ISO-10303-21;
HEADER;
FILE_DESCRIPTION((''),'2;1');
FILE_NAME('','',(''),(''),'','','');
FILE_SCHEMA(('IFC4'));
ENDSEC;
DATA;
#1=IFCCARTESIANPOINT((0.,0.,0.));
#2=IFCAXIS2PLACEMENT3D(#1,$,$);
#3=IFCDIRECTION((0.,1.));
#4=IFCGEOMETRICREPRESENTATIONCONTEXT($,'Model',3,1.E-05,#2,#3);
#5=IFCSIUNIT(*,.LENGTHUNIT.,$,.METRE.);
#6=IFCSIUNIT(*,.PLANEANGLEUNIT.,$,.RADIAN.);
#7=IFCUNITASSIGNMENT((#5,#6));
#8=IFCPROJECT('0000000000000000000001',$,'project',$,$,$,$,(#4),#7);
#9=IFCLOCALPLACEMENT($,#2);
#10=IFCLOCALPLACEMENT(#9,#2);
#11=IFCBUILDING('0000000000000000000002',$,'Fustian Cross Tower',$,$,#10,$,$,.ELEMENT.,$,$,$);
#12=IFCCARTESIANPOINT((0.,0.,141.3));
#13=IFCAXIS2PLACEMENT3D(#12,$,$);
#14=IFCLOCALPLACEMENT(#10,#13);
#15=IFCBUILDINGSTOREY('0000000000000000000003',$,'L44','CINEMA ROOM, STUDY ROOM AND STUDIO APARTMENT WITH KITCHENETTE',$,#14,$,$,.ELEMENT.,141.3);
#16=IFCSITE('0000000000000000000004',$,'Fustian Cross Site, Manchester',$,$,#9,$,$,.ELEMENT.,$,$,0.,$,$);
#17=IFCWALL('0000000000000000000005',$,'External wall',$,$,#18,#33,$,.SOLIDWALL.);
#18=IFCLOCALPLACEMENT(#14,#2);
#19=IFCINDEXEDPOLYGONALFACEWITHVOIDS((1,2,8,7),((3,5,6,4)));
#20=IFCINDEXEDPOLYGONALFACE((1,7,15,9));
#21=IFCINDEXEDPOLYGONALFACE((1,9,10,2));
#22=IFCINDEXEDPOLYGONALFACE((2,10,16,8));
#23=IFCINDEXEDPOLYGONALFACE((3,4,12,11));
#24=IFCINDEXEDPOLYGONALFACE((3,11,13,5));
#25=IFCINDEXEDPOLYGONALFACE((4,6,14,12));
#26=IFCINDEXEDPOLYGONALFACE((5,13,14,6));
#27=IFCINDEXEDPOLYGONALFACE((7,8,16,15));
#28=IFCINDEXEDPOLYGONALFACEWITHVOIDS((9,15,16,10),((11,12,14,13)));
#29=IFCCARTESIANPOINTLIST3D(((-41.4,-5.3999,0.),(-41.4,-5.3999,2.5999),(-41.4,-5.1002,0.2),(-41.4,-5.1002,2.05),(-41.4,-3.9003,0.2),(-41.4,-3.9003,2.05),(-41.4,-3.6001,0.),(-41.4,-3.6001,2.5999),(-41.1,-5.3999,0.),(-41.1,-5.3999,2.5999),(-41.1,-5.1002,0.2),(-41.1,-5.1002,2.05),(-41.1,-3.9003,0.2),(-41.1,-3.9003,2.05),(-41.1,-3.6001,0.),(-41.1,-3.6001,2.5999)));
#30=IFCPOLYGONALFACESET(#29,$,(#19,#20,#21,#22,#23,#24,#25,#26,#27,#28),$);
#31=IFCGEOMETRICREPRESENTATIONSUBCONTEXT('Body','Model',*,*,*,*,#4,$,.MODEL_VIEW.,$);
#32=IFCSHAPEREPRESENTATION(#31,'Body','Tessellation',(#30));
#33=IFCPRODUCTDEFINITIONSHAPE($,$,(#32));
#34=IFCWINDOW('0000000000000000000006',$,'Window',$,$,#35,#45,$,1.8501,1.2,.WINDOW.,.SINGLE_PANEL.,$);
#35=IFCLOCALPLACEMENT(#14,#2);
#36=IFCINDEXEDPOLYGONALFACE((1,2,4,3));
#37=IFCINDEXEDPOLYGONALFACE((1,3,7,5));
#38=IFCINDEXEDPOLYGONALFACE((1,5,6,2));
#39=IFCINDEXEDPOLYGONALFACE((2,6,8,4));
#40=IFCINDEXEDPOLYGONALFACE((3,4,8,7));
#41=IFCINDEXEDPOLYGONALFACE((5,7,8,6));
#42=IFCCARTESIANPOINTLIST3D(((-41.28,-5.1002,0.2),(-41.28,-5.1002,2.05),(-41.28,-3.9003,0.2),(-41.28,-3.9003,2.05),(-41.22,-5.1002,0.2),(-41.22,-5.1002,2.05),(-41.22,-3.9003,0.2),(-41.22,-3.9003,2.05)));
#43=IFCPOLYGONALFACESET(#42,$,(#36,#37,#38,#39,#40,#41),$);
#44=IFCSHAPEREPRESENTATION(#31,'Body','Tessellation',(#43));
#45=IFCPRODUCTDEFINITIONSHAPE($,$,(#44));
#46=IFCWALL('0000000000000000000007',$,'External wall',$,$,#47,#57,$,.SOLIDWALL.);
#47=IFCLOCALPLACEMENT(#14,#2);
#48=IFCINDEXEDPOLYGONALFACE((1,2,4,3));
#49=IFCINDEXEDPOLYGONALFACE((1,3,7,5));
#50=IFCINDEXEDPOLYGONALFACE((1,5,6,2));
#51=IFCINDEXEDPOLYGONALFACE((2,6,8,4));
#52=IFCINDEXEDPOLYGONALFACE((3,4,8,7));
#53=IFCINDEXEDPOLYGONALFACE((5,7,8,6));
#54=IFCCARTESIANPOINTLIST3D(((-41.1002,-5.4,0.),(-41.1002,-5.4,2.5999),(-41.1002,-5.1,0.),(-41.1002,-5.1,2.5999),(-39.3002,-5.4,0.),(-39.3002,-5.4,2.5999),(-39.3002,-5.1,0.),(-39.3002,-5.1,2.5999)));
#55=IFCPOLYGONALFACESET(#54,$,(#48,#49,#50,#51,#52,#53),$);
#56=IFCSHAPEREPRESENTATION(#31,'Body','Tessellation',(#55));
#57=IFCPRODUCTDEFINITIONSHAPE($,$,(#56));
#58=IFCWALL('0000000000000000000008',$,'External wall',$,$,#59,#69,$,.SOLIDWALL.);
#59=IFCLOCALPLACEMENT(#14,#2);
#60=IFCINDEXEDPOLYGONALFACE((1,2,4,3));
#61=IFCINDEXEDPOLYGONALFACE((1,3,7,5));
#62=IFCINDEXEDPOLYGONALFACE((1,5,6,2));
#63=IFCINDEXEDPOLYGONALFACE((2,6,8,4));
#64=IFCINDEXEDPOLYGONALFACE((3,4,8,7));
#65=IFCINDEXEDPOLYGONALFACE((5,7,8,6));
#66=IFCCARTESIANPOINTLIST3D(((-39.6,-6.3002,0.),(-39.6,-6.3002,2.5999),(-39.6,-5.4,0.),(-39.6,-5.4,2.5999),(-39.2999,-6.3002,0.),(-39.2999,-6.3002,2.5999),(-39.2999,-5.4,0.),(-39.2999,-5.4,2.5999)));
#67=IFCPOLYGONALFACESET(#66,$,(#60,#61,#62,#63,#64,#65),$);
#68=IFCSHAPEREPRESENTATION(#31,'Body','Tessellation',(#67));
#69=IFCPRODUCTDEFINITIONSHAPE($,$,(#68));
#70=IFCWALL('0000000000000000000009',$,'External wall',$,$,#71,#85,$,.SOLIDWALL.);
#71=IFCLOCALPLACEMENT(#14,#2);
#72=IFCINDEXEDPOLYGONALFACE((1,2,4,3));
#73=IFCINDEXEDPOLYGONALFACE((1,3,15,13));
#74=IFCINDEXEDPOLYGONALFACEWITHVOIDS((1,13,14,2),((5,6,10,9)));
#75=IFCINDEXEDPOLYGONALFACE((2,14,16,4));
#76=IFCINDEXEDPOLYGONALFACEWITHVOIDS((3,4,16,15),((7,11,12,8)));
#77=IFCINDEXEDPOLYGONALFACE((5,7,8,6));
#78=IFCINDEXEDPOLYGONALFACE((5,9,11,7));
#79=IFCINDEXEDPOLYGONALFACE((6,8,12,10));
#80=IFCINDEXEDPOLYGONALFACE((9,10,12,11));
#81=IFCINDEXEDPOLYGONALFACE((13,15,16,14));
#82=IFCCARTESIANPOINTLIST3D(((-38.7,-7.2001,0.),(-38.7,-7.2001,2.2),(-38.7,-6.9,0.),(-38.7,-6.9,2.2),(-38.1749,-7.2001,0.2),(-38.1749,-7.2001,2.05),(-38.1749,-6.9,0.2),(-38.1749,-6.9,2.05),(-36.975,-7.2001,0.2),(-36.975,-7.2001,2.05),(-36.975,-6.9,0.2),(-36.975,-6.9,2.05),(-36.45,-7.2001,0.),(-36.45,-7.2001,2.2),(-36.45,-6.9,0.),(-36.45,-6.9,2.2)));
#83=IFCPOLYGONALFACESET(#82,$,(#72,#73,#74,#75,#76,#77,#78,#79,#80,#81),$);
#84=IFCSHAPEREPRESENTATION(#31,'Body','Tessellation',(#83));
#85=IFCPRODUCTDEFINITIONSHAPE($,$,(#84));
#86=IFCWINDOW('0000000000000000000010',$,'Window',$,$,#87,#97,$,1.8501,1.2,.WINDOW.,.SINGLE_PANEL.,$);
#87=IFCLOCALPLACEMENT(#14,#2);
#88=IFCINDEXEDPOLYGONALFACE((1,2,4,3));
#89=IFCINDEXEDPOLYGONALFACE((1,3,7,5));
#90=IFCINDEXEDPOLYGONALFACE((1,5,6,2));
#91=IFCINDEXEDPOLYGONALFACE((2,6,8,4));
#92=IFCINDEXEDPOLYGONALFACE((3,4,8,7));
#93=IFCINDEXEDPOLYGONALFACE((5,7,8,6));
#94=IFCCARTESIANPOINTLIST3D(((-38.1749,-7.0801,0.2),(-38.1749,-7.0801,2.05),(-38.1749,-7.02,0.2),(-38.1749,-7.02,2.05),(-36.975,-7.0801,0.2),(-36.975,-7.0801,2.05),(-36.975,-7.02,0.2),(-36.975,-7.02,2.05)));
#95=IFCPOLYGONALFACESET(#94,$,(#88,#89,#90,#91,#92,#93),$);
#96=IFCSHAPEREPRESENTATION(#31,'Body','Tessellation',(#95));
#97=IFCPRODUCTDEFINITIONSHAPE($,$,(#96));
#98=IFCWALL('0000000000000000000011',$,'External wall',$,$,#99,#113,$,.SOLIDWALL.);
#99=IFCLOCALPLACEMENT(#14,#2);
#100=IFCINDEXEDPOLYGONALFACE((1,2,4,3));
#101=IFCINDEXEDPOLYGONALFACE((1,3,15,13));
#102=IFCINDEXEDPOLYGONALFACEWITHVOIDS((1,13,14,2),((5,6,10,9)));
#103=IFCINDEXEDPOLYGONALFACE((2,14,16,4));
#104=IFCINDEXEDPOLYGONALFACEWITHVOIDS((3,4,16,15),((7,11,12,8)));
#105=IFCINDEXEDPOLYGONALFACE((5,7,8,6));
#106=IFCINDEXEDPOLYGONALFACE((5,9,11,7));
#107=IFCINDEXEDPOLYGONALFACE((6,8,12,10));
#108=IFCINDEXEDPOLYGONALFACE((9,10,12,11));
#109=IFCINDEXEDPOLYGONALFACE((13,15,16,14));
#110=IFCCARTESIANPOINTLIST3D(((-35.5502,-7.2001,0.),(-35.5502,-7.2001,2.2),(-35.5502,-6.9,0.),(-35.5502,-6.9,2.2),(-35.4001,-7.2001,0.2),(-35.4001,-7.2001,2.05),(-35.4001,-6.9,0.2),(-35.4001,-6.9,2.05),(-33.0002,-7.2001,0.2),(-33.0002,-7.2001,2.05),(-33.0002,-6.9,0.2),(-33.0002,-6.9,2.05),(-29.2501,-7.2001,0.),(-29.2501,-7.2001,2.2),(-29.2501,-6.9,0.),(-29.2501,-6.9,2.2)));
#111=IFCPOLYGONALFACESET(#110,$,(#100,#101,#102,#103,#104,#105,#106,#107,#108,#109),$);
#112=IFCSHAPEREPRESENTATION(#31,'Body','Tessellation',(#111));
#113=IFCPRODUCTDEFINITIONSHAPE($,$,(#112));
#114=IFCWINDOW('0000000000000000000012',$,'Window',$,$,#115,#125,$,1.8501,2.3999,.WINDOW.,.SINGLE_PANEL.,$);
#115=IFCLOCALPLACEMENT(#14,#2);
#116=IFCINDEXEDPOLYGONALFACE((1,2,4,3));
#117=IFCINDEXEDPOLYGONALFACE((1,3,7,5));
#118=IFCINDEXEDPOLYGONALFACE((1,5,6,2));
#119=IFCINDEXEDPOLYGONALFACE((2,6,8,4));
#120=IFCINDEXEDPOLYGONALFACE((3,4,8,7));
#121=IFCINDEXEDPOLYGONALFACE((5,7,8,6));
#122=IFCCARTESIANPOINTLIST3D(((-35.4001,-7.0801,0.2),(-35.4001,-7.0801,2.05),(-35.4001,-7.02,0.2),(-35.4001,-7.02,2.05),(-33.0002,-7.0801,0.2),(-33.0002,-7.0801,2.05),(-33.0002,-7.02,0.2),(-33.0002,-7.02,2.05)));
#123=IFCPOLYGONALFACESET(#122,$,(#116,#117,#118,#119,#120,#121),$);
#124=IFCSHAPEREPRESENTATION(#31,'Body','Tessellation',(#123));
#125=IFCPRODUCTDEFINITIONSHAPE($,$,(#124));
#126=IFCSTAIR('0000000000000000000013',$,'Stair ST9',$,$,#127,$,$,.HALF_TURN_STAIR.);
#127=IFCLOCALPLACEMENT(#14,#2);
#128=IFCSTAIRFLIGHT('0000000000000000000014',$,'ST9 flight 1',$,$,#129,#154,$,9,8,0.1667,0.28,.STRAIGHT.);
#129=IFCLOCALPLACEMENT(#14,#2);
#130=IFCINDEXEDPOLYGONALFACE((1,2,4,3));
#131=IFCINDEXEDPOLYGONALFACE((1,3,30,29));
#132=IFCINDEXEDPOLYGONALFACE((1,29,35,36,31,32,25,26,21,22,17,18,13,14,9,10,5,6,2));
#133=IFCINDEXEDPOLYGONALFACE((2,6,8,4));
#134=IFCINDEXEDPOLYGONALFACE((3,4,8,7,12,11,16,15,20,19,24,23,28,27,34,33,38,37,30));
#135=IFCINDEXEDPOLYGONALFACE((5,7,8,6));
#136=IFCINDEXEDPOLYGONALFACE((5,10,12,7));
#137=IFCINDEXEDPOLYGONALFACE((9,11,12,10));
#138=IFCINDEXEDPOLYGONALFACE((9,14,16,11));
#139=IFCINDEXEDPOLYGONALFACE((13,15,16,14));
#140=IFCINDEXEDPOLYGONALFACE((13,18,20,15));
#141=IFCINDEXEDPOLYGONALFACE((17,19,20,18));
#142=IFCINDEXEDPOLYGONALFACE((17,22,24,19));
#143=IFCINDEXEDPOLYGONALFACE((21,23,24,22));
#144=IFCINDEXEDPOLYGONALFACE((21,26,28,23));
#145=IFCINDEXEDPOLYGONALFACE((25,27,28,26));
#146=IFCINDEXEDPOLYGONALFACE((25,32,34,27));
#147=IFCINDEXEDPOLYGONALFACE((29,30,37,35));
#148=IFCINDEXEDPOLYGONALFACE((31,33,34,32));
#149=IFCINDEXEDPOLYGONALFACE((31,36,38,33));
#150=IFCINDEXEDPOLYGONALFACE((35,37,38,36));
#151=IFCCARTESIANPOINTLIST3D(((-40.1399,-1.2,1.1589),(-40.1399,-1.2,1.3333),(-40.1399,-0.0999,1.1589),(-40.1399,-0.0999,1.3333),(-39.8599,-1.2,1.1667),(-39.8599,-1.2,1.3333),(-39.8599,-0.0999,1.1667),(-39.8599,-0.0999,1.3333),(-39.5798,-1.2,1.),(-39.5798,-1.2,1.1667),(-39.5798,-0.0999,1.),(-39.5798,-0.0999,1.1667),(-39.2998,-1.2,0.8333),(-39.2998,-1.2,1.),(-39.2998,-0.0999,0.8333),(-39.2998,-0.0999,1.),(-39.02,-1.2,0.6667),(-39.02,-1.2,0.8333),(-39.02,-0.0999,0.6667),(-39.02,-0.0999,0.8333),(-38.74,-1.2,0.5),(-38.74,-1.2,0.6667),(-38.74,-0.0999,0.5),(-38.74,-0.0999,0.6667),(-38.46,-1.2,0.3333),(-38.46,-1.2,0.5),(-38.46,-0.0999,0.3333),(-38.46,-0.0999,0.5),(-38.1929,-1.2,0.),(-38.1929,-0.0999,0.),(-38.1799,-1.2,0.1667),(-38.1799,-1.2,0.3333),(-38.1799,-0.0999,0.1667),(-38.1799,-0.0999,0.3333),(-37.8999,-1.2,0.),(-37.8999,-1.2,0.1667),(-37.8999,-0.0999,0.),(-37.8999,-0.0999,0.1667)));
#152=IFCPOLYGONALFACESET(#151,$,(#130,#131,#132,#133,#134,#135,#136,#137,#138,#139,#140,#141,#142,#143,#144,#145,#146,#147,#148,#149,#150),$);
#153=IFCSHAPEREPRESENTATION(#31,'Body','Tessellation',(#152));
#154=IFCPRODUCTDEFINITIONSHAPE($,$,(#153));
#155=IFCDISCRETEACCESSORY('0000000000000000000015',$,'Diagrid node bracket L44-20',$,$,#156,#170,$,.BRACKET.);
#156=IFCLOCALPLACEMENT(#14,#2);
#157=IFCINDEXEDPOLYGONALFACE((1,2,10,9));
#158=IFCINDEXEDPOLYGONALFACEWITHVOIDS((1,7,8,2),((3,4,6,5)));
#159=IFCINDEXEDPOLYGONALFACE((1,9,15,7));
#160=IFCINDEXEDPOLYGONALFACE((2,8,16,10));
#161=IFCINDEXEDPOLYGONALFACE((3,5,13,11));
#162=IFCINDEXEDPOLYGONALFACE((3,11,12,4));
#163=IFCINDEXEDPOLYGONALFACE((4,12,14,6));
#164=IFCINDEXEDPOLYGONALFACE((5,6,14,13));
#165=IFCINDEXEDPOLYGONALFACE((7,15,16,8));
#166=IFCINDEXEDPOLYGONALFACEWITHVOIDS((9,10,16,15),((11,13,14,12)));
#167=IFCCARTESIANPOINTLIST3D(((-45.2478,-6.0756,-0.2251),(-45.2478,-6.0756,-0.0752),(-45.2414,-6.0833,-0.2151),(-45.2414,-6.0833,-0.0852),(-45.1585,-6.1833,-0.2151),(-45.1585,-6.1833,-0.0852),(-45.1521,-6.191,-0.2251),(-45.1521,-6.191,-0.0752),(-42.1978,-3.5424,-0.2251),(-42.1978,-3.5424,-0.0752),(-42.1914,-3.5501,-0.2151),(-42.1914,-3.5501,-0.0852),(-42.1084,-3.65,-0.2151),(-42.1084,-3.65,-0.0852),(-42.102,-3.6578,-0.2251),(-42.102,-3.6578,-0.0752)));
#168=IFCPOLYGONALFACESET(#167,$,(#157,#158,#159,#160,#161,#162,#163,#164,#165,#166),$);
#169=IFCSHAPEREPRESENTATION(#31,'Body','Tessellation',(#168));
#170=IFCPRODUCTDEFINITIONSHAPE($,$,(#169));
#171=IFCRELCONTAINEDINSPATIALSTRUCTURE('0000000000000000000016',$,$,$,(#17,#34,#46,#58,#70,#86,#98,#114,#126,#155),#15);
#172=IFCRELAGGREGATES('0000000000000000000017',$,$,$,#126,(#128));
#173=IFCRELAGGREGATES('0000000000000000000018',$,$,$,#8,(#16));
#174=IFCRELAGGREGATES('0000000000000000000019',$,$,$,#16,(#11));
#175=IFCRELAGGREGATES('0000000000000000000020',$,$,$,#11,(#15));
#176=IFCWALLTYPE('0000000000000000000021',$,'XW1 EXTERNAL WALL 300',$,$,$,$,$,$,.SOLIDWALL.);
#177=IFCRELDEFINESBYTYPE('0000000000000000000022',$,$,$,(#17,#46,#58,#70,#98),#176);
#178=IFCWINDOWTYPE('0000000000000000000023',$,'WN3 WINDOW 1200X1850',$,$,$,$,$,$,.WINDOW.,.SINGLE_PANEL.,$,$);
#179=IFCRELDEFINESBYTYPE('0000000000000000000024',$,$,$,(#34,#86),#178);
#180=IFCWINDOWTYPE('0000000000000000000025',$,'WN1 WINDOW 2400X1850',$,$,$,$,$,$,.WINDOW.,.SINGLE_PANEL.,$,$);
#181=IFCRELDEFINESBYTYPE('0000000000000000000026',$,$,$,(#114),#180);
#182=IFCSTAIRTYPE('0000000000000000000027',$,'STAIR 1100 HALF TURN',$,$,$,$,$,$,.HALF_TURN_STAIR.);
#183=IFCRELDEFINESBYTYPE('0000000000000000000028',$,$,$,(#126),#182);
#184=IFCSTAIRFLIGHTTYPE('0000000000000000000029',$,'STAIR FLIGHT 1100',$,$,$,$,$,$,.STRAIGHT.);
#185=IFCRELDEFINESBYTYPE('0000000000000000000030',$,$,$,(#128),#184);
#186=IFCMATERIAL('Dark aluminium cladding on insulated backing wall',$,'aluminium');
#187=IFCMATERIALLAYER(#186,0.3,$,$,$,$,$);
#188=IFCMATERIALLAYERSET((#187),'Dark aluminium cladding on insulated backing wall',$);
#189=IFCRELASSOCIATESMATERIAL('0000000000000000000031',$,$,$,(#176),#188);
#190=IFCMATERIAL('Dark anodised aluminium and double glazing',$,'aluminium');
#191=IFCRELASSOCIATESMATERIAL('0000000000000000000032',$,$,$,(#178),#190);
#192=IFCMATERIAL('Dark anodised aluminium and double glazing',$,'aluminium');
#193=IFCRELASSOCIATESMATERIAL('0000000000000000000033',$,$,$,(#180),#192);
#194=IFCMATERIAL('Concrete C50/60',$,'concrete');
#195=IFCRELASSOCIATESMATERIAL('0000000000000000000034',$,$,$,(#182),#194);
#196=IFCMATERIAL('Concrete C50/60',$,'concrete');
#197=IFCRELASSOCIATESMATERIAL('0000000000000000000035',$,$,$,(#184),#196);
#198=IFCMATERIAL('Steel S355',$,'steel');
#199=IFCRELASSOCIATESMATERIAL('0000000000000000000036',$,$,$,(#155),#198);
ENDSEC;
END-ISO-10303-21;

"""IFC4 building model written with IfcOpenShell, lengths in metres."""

from ifc_helpers import new_model, si_unit, direction, frame, frame_2d, origin, origin_2d, place, context, subcontext, project, spatial, polyline, rectangle, hollow_rectangle, outline, extrude, material, layer, layer_set, type_object, element, fill, aggregate, save


model = new_model("IFC4")

# Units and contexts
model_context = context("Model", 3, precision=1e-05, world=origin(), true_north=direction((0.0, 1.0)))
body_context = subcontext(model_context, "Body", "Model", "MODEL_VIEW")
ifc_project = project(units=[si_unit("LENGTHUNIT", "METRE"), si_unit("PLANEANGLEUNIT", "RADIAN")], contexts=[model_context])

# Site, building, storey
site_placement = place(None, origin())
site = spatial("IfcSite", under=ifc_project, at=site_placement, Name="Fustian Cross Site, Manchester", CompositionType="ELEMENT", RefElevation=0.0)
building_placement = place(site_placement, origin())
building = spatial("IfcBuilding", under=site, at=building_placement, Name="Fustian Cross Tower", CompositionType="ELEMENT")
storey_placement = place(building_placement, frame((0.0, 0.0, 141.3)))
storey = spatial("IfcBuildingStorey", under=building, at=storey_placement, Name="L44", Description="CINEMA ROOM, STUDY ROOM AND STUDIO APARTMENT WITH KITCHENETTE", CompositionType="ELEMENT", Elevation=141.3)

# Shared definitions
ifc_material_1 = material(Name="Dark aluminium cladding on insulated backing wall", Category="aluminium")
ifc_layer_1 = layer(ifc_material_1, 0.3)
ifc_layer_set_1 = layer_set([ifc_layer_1], Name="Dark aluminium cladding on insulated backing wall")
wall_type_1 = type_object("IfcWallType", Name="XW1 EXTERNAL WALL 300", PredefinedType="SOLIDWALL", material=ifc_layer_set_1)

# Wall, opening, window
wall_1_placement = place(storey_placement, frame((-41.25, -3.6001, 0.0), z_axis=(0.0, 0.0, 1.0), x_axis=(0.0, -1.0, 0.0)))
wall_1 = element("IfcWall", 1, at=wall_1_placement, inside=storey, type_object=wall_type_1, Name="External wall", PredefinedType="SOLIDWALL", context=body_context, shape_type="SweptSolid", body=[
    extrude(rectangle(XDim=1.7998, YDim=0.3, at=frame_2d((0.8999, 0.0))), origin(), (0.0, 0.0, 1.0), 2.5999),
])
opening_1_placement = place(wall_1_placement, frame((0.3, 0.0, 0.2)))
opening_1 = element("IfcOpeningElement", 2, at=opening_1_placement, cuts=wall_1, PredefinedType="OPENING", context=body_context, shape_type="SweptSolid", body=[
    extrude(rectangle(XDim=1.2, YDim=1.8501, at=frame_2d((0.6001, 0.925))), frame((0.0, 0.1599, 0.0), z_axis=(0.0, -1.0, 0.0), x_axis=(1.0, 0.0, 0.0)), (0.0, 0.0, 1.0), 0.3201),
])
ifc_material_2 = material(Name="Dark anodised aluminium and double glazing", Category="aluminium")
window_type_1 = type_object("IfcWindowType", Name="WN3 WINDOW 1200X1850", PartitioningType="SINGLE_PANEL", PredefinedType="WINDOW", material=ifc_material_2)
window_1_placement = place(opening_1_placement, origin())
window_1 = element("IfcWindow", 3, at=window_1_placement, inside=storey, type_object=window_type_1, Name="Window", OverallHeight=1.8501, OverallWidth=1.2, PartitioningType="SINGLE_PANEL", PredefinedType="WINDOW", context=body_context, shape_type="SweptSolid", body=[
    extrude(rectangle(XDim=1.2, YDim=1.8501, at=frame_2d((0.6001, 0.925))), frame((0.0, 0.03, 0.0), z_axis=(0.0, -1.0, 0.0), x_axis=(1.0, 0.0, 0.0)), (0.0, 0.0, 1.0), 0.0601),
])
fill(opening_1, window_1)

# Walls
wall_2_placement = place(storey_placement, frame((-41.1001, -5.25, 0.0), z_axis=(0.0, 0.0, 1.0), x_axis=(1.0, 0.0, 0.0)))
element("IfcWall", 4, at=wall_2_placement, inside=storey, type_object=wall_type_1, Name="External wall", PredefinedType="SOLIDWALL", context=body_context, shape_type="SweptSolid", body=[
    extrude(rectangle(XDim=1.8, YDim=0.3, at=frame_2d((0.8999, 0.0))), origin(), (0.0, 0.0, 1.0), 2.5999),
])
wall_3_placement = place(storey_placement, frame((-39.45, -5.3999, 0.0), z_axis=(0.0, 0.0, 1.0), x_axis=(0.0, -1.0, 0.0)))
element("IfcWall", 5, at=wall_3_placement, inside=storey, type_object=wall_type_1, Name="External wall", PredefinedType="SOLIDWALL", context=body_context, shape_type="SweptSolid", body=[
    extrude(rectangle(XDim=0.9001, YDim=0.3, at=frame_2d((0.4502, 0.0))), origin(), (0.0, 0.0, 1.0), 2.5999),
])

# Walls, openings, windows
wall_4_placement = place(storey_placement, frame((-38.7, -7.05, 0.0), z_axis=(0.0, 0.0, 1.0), x_axis=(1.0, 0.0, 0.0)))
wall_4 = element("IfcWall", 6, at=wall_4_placement, inside=storey, type_object=wall_type_1, Name="External wall", PredefinedType="SOLIDWALL", context=body_context, shape_type="SweptSolid", body=[
    extrude(rectangle(XDim=2.25, YDim=0.3, at=frame_2d((1.125, 0.0))), origin(), (0.0, 0.0, 1.0), 2.2),
])
opening_2_placement = place(wall_4_placement, frame((0.5249, 0.0, 0.2)))
opening_2 = element("IfcOpeningElement", 7, at=opening_2_placement, cuts=wall_4, PredefinedType="OPENING", context=body_context, shape_type="SweptSolid", body=[
    extrude(rectangle(XDim=1.2, YDim=1.8501, at=frame_2d((0.6001, 0.925))), frame((0.0, 0.1599, 0.0), z_axis=(0.0, -1.0, 0.0), x_axis=(1.0, 0.0, 0.0)), (0.0, 0.0, 1.0), 0.3201),
])
window_2_placement = place(opening_2_placement, origin())
window_2 = element("IfcWindow", 8, at=window_2_placement, inside=storey, type_object=window_type_1, Name="Window", OverallHeight=1.8501, OverallWidth=1.2, PartitioningType="SINGLE_PANEL", PredefinedType="WINDOW", context=body_context, shape_type="SweptSolid", body=[
    extrude(rectangle(XDim=1.2, YDim=1.8501, at=frame_2d((0.6001, 0.925))), frame((0.0, 0.03, 0.0), z_axis=(0.0, -1.0, 0.0), x_axis=(1.0, 0.0, 0.0)), (0.0, 0.0, 1.0), 0.0601),
])
fill(opening_2, window_2)
wall_5_placement = place(storey_placement, frame((-35.55, -7.05, 0.0), z_axis=(0.0, 0.0, 1.0), x_axis=(1.0, 0.0, 0.0)))
wall_5 = element("IfcWall", 9, at=wall_5_placement, inside=storey, type_object=wall_type_1, Name="External wall", PredefinedType="SOLIDWALL", context=body_context, shape_type="SweptSolid", body=[
    extrude(rectangle(XDim=6.3, YDim=0.3, at=frame_2d((3.1499, 0.0))), origin(), (0.0, 0.0, 1.0), 2.2),
])
opening_3_placement = place(wall_5_placement, frame((0.1499, 0.0, 0.2)))
opening_3 = element("IfcOpeningElement", 10, at=opening_3_placement, cuts=wall_5, PredefinedType="OPENING", context=body_context, shape_type="SweptSolid", body=[
    extrude(rectangle(XDim=2.3999, YDim=1.8501, at=frame_2d((1.2, 0.925))), frame((0.0, 0.1599, 0.0), z_axis=(0.0, -1.0, 0.0), x_axis=(1.0, 0.0, 0.0)), (0.0, 0.0, 1.0), 0.3201),
])
ifc_material_3 = material(Name="Dark anodised aluminium and double glazing", Category="aluminium")
window_type_2 = type_object("IfcWindowType", Name="WN1 WINDOW 2400X1850", PartitioningType="SINGLE_PANEL", PredefinedType="WINDOW", material=ifc_material_3)
window_3_placement = place(opening_3_placement, origin())
window_3 = element("IfcWindow", 11, at=window_3_placement, inside=storey, type_object=window_type_2, Name="Window", OverallHeight=1.8501, OverallWidth=2.3999, PartitioningType="SINGLE_PANEL", PredefinedType="WINDOW", context=body_context, shape_type="SweptSolid", body=[
    extrude(rectangle(XDim=2.3999, YDim=1.8501, at=frame_2d((1.2, 0.925))), frame((0.0, 0.03, 0.0), z_axis=(0.0, -1.0, 0.0), x_axis=(1.0, 0.0, 0.0)), (0.0, 0.0, 1.0), 0.0601),
])
fill(opening_3, window_3)

# Stair, stair flight
ifc_material_4 = material(Name="Concrete C50/60", Category="concrete")
stair_type = type_object("IfcStairType", Name="STAIR 1100 HALF TURN", PredefinedType="HALF_TURN_STAIR", material=ifc_material_4)
stair_placement = place(storey_placement, origin())
stair = element("IfcStair", 12, at=stair_placement, inside=storey, type_object=stair_type, Name="Stair ST9", PredefinedType="HALF_TURN_STAIR")
ifc_material_5 = material(Name="Concrete C50/60", Category="concrete")
stair_flight_type = type_object("IfcStairFlightType", Name="STAIR FLIGHT 1100", PredefinedType="STRAIGHT", material=ifc_material_5)
stair_flight_placement = place(storey_placement, frame((-37.8999, -0.6499, 0.0), z_axis=(0.0, 0.0, 1.0), x_axis=(-1.0, 0.0, 0.0)))
stair_flight = element("IfcStairFlight", 13, at=stair_flight_placement, type_object=stair_flight_type, Name="ST9 flight 1", NumberOfRisers=9, NumberOfTreads=8, PredefinedType="STRAIGHT", RiserHeight=0.1667, TreadLength=0.28, context=body_context, shape_type="SweptSolid", body=[
    extrude(outline(polyline([(0.0, 0.0), (0.0, 0.1667), (0.28, 0.1667), (0.28, 0.3333), (0.5601, 0.3333), (0.5601, 0.5), (0.8401, 0.5), (0.8401, 0.6667), (1.1201, 0.6667), (1.1201, 0.8333), (1.3999, 0.8333), (1.3999, 1.0), (1.6799, 1.0), (1.6799, 1.1667), (1.96, 1.1667), (1.96, 1.3333), (2.24, 1.3333), (2.24, 1.5), (2.24, 1.1589), (0.293, 0.0), (0.0, 0.0)])), frame((0.0, 0.55, 0.0), z_axis=(0.0, -1.0, 0.0), x_axis=(1.0, 0.0, 0.0)), (0.0, 0.0, 1.0), 1.1001),
])
aggregate(stair, [stair_flight])

# Discrete accessory
ifc_material_6 = material(Name="Steel S355", Category="steel")
discrete_accessory_1_placement = place(storey_placement, frame((-45.2, -6.1333, -0.1501), z_axis=(0.769275, 0.638918, 0.0), x_axis=(-0.638918, 0.769275, 0.0)))
element("IfcDiscreteAccessory", 14, at=discrete_accessory_1_placement, inside=storey, material=ifc_material_6, Name="Diagrid node bracket L44-20", PredefinedType="BRACKET", context=body_context, shape_type="SweptSolid", body=[
    extrude(hollow_rectangle(XDim=0.1499, YDim=0.1499, WallThickness=0.01, at=origin_2d()), origin(), (0.0, 0.0, 1.0), 3.9648),
])

save(model, "model.ifc")
